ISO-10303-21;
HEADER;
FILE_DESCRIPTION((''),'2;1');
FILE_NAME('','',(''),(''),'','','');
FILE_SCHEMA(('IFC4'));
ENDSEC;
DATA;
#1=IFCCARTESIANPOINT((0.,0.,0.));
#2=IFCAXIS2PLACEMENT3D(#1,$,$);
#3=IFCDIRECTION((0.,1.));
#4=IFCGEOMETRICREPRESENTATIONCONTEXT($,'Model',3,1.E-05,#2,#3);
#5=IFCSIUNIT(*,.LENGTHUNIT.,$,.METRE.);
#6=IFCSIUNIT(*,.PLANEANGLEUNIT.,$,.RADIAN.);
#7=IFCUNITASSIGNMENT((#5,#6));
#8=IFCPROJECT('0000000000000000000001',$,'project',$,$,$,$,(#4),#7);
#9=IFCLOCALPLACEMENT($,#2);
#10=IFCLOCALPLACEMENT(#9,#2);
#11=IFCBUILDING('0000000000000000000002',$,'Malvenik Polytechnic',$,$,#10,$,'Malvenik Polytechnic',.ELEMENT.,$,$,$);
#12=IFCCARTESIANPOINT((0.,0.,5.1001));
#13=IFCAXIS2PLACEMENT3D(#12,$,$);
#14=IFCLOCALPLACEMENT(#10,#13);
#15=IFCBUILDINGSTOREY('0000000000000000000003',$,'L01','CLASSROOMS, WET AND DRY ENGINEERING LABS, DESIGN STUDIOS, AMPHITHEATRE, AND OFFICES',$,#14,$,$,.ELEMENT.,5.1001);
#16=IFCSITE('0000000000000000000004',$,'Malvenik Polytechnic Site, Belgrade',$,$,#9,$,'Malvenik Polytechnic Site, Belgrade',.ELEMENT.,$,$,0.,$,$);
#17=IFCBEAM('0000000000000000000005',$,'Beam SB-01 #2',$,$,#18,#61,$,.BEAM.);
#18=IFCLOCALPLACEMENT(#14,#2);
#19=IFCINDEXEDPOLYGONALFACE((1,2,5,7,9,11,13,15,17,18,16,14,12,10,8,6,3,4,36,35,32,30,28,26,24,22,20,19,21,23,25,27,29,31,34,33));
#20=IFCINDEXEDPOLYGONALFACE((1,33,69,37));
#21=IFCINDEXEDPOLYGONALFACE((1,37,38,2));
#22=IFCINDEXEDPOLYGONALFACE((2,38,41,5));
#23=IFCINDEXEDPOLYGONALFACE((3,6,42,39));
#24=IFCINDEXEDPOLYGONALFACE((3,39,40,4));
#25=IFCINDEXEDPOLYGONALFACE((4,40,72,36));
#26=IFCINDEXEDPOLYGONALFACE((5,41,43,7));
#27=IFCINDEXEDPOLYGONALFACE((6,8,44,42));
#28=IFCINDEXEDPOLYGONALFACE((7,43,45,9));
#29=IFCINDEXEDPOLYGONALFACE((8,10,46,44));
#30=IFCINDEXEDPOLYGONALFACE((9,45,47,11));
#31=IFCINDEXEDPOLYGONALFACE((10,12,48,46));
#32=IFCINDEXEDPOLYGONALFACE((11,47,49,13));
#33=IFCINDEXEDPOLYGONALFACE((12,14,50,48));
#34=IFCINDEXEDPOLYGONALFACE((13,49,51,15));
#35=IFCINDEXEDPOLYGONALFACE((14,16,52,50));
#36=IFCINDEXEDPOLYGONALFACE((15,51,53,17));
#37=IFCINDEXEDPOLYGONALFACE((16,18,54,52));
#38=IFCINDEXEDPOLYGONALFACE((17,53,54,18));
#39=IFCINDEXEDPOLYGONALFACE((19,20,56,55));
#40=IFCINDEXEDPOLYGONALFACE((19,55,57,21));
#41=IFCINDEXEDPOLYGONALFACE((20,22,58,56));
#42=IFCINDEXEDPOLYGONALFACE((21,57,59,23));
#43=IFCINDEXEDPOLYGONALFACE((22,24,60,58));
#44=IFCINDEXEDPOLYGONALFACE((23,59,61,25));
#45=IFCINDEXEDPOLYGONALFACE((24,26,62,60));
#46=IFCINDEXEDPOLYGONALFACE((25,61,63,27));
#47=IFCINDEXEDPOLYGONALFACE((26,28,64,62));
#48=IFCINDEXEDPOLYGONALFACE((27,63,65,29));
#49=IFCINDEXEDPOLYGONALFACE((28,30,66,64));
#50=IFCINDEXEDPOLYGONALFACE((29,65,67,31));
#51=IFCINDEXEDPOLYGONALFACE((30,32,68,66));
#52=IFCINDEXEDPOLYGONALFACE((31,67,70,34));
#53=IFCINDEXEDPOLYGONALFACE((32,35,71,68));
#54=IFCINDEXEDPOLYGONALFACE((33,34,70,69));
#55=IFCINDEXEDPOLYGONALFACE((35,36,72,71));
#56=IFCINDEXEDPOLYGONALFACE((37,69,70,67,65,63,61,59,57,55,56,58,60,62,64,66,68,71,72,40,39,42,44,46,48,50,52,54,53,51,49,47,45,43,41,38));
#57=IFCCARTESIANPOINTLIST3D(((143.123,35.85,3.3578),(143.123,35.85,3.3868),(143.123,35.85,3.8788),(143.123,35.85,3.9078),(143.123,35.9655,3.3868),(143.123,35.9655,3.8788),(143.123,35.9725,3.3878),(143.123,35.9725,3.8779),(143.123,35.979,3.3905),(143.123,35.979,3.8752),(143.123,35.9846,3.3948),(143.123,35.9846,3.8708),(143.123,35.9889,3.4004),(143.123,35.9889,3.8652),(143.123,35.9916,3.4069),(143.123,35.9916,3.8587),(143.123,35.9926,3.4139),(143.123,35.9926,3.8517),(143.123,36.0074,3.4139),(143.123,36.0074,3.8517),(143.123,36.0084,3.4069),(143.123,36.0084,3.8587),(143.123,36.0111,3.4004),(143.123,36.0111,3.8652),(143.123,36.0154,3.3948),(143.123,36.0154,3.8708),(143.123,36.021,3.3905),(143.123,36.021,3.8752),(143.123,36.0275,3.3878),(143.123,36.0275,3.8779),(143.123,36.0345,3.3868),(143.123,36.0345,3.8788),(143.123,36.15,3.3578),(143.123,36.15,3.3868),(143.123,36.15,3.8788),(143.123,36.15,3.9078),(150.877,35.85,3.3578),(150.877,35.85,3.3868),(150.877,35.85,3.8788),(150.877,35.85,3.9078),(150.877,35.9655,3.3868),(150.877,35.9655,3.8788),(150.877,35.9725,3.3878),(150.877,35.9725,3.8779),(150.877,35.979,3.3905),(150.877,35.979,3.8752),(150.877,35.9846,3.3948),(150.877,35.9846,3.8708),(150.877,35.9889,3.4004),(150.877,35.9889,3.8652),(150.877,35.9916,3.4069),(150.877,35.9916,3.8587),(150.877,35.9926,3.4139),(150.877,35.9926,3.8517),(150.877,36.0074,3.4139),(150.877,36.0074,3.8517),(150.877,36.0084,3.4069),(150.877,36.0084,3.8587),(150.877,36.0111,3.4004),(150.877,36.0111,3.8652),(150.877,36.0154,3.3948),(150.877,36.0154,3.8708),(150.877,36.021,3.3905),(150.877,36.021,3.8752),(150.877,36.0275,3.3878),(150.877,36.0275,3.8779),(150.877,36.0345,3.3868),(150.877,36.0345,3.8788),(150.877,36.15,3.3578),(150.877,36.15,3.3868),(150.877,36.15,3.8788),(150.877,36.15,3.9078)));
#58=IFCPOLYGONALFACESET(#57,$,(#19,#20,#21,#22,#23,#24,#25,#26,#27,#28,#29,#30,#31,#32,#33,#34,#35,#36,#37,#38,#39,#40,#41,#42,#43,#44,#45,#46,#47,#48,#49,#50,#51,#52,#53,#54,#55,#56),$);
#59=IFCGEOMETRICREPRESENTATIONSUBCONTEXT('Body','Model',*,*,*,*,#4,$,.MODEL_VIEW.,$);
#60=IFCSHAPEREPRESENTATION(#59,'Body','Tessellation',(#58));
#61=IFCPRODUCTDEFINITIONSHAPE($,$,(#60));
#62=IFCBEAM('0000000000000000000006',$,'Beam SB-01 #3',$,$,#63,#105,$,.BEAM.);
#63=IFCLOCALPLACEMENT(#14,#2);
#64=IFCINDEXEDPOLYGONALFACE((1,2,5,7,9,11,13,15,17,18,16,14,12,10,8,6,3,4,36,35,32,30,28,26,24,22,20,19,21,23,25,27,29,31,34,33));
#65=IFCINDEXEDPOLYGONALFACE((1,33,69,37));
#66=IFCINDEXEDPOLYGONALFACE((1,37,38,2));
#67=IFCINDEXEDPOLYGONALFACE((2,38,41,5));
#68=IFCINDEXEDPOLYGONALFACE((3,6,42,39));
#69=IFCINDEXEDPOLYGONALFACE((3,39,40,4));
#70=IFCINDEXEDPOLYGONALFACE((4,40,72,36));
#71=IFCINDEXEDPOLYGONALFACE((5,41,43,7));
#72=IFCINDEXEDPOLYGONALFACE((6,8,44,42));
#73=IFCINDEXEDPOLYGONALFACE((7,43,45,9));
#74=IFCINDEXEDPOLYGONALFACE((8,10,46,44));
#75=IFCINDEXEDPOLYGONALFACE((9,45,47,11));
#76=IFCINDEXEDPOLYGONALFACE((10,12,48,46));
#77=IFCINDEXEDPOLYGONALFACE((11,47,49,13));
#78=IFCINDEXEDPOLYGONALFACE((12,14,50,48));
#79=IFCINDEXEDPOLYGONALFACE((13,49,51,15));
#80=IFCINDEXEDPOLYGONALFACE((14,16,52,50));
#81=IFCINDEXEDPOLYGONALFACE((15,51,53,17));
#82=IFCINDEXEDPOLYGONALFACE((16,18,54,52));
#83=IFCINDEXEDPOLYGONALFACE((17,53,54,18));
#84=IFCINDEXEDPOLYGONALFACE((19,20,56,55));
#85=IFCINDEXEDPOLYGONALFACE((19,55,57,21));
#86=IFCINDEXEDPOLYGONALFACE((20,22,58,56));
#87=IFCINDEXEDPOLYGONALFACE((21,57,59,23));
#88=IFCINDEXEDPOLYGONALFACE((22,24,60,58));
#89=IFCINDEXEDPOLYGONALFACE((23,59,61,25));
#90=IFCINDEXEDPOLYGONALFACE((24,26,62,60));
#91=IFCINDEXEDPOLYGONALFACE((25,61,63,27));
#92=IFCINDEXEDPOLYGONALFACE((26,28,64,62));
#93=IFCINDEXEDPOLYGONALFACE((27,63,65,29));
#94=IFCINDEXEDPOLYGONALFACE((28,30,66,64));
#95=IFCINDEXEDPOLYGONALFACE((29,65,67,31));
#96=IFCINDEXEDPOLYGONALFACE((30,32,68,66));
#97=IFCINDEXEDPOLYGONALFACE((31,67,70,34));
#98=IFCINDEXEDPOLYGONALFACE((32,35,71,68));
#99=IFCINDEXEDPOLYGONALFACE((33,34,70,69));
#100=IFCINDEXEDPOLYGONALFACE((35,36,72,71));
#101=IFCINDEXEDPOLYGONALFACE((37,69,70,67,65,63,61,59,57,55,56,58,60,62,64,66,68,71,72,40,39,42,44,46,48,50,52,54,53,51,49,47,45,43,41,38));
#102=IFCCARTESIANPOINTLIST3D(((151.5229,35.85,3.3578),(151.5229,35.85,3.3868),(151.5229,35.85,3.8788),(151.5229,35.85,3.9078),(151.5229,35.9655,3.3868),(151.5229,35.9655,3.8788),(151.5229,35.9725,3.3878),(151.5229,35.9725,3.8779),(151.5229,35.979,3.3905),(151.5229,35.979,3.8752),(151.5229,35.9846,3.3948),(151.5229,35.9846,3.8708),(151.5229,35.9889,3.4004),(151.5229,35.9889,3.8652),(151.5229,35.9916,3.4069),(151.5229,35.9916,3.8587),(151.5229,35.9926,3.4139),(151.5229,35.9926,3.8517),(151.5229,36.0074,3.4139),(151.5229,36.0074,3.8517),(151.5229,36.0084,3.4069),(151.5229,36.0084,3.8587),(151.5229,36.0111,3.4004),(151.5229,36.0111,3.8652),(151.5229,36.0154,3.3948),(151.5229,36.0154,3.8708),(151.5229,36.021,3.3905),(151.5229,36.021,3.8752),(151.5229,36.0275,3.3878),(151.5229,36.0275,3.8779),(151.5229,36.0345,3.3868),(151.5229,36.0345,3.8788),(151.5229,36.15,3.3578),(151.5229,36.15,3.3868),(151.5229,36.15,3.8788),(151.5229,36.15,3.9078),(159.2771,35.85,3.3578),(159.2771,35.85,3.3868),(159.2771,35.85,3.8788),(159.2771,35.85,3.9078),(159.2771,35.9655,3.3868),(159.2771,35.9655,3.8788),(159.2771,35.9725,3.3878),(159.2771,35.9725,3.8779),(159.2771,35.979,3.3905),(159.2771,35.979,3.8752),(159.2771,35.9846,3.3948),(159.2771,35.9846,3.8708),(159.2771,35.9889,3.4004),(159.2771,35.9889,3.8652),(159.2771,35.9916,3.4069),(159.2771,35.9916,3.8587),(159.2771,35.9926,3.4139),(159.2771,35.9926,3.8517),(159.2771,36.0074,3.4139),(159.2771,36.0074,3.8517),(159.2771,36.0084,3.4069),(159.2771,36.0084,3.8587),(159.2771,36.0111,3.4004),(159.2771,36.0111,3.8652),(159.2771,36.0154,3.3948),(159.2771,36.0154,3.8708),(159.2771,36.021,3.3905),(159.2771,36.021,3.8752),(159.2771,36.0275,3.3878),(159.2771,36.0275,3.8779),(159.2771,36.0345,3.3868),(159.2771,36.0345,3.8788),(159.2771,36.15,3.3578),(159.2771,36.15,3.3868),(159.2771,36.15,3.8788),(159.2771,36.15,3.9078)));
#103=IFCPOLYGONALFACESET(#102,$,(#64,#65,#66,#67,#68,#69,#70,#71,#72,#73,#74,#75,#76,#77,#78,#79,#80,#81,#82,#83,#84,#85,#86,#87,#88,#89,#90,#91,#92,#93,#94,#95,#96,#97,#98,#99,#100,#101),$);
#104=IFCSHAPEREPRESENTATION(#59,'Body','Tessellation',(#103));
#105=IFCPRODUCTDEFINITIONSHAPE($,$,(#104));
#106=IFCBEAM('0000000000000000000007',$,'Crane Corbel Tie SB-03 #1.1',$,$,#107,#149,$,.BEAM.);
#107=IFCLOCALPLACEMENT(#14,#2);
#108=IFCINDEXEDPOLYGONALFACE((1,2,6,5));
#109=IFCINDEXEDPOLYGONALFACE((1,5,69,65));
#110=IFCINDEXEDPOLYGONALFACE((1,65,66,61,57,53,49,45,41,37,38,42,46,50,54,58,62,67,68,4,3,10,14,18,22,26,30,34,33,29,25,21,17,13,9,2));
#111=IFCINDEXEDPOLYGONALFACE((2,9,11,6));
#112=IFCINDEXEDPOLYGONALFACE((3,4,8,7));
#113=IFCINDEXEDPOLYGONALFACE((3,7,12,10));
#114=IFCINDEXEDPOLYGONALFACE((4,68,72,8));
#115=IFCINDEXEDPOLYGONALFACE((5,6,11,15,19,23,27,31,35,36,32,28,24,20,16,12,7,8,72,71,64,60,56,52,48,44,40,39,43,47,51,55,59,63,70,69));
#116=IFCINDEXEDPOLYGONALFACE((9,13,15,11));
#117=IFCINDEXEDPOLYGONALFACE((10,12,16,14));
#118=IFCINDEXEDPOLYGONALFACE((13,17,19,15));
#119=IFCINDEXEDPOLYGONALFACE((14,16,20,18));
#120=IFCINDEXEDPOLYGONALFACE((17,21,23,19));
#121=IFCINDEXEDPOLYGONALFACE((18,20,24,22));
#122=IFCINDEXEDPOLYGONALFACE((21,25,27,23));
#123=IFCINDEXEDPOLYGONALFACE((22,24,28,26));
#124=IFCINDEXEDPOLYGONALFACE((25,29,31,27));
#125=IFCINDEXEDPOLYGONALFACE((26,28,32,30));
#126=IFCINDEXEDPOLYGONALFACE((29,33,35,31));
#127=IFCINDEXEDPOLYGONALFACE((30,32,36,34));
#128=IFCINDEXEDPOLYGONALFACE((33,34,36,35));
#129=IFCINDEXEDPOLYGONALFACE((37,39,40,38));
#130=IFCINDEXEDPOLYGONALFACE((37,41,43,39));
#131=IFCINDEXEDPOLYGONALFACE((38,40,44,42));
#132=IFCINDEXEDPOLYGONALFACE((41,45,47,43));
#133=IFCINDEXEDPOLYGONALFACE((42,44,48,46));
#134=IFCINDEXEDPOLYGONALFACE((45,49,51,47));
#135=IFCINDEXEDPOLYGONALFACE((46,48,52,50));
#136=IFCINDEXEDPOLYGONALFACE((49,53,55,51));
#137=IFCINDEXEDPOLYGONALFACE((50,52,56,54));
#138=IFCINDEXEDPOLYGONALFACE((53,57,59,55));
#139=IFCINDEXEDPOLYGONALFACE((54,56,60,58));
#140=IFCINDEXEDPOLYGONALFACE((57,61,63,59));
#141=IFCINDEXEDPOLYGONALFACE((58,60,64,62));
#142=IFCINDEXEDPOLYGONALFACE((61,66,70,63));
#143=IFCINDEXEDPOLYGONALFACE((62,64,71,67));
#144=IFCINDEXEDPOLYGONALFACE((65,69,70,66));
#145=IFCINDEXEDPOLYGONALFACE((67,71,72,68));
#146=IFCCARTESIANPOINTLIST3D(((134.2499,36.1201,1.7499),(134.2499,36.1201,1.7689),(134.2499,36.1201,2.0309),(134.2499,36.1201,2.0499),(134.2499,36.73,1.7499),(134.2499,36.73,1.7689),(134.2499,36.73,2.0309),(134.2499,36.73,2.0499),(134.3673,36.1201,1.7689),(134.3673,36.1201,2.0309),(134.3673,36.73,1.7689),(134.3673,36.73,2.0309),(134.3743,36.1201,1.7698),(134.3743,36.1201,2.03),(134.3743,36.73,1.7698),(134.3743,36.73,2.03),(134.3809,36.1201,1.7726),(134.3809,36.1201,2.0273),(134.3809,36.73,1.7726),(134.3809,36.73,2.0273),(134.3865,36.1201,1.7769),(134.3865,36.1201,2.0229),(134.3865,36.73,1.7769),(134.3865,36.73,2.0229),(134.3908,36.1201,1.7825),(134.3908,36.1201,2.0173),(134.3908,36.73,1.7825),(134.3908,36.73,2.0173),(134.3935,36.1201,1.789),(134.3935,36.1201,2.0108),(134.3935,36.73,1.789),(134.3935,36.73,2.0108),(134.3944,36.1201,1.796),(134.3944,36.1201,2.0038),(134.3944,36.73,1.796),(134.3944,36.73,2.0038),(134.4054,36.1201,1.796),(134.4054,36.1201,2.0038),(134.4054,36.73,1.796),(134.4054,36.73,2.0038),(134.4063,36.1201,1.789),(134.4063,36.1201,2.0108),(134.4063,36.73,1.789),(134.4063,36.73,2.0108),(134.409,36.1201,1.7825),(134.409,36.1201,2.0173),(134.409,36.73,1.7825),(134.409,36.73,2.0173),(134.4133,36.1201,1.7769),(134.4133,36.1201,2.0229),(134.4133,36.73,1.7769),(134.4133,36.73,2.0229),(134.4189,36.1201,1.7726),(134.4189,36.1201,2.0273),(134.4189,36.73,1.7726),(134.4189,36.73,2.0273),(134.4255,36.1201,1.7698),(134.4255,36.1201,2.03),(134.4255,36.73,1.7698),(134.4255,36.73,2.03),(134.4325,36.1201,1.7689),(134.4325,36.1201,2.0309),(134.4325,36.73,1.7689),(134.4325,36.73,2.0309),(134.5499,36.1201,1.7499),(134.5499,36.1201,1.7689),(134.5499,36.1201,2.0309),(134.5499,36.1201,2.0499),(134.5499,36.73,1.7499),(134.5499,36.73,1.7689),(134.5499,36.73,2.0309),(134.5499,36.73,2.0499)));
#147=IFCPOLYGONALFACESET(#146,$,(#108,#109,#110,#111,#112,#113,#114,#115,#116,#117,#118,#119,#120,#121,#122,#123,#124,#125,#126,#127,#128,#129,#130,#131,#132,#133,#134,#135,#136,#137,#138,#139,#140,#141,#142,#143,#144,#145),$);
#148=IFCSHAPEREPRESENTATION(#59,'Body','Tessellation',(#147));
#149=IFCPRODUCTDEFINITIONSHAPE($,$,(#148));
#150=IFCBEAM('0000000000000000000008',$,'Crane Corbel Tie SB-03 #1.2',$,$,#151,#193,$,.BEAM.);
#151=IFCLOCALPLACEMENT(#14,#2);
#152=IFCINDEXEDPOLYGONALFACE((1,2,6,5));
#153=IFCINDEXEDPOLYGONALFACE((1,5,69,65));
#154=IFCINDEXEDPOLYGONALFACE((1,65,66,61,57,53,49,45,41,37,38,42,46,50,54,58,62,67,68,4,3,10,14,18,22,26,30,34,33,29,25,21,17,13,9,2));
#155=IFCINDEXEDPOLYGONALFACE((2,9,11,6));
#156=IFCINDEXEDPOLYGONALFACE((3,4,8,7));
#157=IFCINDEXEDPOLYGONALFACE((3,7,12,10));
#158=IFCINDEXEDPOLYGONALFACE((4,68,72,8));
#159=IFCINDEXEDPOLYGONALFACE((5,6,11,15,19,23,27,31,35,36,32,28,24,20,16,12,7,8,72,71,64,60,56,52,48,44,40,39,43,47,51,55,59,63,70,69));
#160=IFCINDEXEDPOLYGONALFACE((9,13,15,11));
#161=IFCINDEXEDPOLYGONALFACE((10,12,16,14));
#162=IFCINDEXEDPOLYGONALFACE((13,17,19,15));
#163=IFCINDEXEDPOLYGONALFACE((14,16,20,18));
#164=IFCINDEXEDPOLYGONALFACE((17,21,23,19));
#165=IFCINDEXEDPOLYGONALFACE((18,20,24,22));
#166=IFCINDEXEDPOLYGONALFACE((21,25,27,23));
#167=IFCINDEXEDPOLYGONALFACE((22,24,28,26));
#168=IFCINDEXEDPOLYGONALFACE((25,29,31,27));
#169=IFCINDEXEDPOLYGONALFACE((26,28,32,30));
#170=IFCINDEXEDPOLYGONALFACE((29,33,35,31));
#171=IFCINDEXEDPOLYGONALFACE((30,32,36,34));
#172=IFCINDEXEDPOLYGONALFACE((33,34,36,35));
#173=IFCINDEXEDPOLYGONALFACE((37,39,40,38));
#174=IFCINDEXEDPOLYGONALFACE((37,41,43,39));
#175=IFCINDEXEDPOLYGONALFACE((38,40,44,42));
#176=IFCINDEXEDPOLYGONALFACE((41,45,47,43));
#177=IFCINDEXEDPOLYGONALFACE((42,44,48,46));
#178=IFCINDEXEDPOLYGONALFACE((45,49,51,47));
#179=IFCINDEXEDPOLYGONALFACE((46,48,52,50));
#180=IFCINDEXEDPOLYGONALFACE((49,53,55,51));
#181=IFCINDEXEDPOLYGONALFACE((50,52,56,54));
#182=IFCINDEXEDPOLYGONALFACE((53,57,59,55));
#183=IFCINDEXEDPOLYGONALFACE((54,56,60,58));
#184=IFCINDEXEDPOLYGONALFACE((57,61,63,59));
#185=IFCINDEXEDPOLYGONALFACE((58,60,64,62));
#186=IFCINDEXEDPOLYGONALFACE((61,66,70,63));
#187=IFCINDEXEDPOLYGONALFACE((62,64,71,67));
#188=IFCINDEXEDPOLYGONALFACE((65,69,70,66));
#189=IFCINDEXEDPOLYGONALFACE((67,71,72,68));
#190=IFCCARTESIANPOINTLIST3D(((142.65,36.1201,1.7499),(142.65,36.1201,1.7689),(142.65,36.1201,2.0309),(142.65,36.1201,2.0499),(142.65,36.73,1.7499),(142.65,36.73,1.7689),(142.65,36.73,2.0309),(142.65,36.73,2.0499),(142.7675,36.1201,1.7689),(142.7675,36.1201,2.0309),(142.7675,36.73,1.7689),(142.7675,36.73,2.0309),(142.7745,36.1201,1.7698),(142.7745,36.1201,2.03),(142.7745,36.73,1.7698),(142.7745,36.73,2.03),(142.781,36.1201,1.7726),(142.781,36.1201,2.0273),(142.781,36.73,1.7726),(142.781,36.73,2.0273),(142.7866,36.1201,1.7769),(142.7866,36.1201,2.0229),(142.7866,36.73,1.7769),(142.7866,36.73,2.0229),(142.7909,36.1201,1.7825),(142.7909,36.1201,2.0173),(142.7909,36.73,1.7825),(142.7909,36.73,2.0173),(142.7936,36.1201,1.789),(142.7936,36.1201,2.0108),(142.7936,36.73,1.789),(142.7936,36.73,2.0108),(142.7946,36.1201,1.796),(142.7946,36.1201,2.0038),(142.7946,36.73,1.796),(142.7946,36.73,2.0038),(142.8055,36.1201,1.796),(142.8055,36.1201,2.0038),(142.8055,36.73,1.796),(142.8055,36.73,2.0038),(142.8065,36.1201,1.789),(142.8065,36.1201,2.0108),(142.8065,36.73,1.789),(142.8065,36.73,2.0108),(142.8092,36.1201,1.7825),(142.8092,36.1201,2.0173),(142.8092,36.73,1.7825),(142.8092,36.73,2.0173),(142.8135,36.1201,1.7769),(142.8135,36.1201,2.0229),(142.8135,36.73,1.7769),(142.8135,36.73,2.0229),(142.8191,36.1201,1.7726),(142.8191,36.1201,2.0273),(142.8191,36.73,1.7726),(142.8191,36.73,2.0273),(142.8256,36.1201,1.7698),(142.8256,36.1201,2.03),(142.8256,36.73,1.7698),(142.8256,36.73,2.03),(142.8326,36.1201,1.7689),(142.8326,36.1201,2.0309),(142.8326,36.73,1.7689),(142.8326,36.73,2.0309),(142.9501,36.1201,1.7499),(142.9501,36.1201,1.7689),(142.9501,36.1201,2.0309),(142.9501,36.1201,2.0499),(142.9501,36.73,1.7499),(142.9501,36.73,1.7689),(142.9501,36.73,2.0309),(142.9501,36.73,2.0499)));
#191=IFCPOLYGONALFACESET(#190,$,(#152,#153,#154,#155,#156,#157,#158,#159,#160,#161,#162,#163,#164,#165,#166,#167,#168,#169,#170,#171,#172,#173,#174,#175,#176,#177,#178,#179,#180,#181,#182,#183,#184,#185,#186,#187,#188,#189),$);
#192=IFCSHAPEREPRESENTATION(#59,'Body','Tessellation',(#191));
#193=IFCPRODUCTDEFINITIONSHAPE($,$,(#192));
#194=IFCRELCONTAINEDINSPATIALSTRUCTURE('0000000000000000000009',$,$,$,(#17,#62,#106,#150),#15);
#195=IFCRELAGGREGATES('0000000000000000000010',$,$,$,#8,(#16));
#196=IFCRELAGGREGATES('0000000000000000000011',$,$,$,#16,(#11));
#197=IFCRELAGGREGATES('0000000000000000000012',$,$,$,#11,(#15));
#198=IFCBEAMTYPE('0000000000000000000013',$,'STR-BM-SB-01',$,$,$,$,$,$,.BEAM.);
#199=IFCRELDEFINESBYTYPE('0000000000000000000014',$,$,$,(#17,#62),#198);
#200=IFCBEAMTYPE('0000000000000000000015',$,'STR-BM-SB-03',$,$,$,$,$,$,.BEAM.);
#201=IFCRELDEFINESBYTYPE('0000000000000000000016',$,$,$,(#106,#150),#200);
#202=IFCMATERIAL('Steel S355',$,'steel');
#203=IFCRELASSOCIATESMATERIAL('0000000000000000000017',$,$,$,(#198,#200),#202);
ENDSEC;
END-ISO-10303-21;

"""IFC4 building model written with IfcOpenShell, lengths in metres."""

from ifc_helpers import new_model, si_unit, direction, frame, origin, origin_2d, place, context, subcontext, project, spatial, i_section, extrude, material, material_profile, profile_set, type_object, element, save


model = new_model("IFC4")

# Units and contexts
model_context = context("Model", 3, precision=1e-05, world=origin(), true_north=direction((0.0, 1.0)))
body_context = subcontext(model_context, "Body", "Model", "MODEL_VIEW")
ifc_project = project(units=[si_unit("LENGTHUNIT", "METRE"), si_unit("PLANEANGLEUNIT", "RADIAN")], contexts=[model_context])

# Site, building, storey
site_placement = place(None, origin())
site = spatial("IfcSite", under=ifc_project, at=site_placement, Name="Malvenik Polytechnic Site, Belgrade", LongName="Malvenik Polytechnic Site, Belgrade", CompositionType="ELEMENT", RefElevation=0.0)
building_placement = place(site_placement, origin())
building = spatial("IfcBuilding", under=site, at=building_placement, Name="Malvenik Polytechnic", LongName="Malvenik Polytechnic", CompositionType="ELEMENT")
storey_placement = place(building_placement, frame((0.0, 0.0, 5.1001)))
storey = spatial("IfcBuildingStorey", under=building, at=storey_placement, Name="L01", Description="CLASSROOMS, WET AND DRY ENGINEERING LABS, DESIGN STUDIOS, AMPHITHEATRE, AND OFFICES", CompositionType="ELEMENT", Elevation=5.1001)

# Shared definitions
ifc_material_1 = material(Name="Steel S355", Category="steel")

# Beams
ifc_material_profile_1 = material_profile(ifc_material_1, i_section(OverallWidth=0.3, OverallDepth=0.55, WebThickness=0.0149, FlangeThickness=0.0291, FilletRadius=0.0271, at=origin_2d()), Name="HEB 550")
ifc_profile_set_1 = profile_set([ifc_material_profile_1], Name="Steel S355")
beam_type_1 = type_object("IfcBeamType", Name="STR-BM-SB-01", PredefinedType="BEAM", material=ifc_profile_set_1)
beam_1_placement = place(storey_placement, frame((143.123, 36.0, 3.6328), z_axis=(1.0, 0.0, 0.0), x_axis=(0.0, 1.0, 0.0)))
element("IfcBeam", 1, at=beam_1_placement, inside=storey, type_object=beam_type_1, Name="Beam SB-01 #2", PredefinedType="BEAM", context=body_context, shape_type="SweptSolid", body=[
    extrude(i_section(OverallWidth=0.3, OverallDepth=0.55, WebThickness=0.0149, FlangeThickness=0.0291, FilletRadius=0.0271, at=origin_2d()), origin(), (0.0, 0.0, 1.0), 7.7539),
])
beam_2_placement = place(storey_placement, frame((151.5229, 36.0, 3.6328), z_axis=(1.0, 0.0, 0.0), x_axis=(0.0, 1.0, 0.0)))
element("IfcBeam", 2, at=beam_2_placement, inside=storey, type_object=beam_type_1, Name="Beam SB-01 #3", PredefinedType="BEAM", context=body_context, shape_type="SweptSolid", body=[
    extrude(i_section(OverallWidth=0.3, OverallDepth=0.55, WebThickness=0.0149, FlangeThickness=0.0291, FilletRadius=0.0271, at=origin_2d()), origin(), (0.0, 0.0, 1.0), 7.7542),
])
ifc_material_profile_2 = material_profile(ifc_material_1, i_section(OverallWidth=0.3, OverallDepth=0.3, WebThickness=0.011, FlangeThickness=0.019, FilletRadius=0.0271, at=origin_2d()), Name="HEB 300")
ifc_profile_set_2 = profile_set([ifc_material_profile_2], Name="Steel S355")
beam_type_2 = type_object("IfcBeamType", Name="STR-BM-SB-03", PredefinedType="BEAM", material=ifc_profile_set_2)
for number, where, z_axis, x_axis, name in (
    (3, (134.3999, 36.1201, 1.8999), (0.0, 1.0, 0.0), (-1.0, 0.0, 0.0), "Crane Corbel Tie SB-03 #1.1"),
    (4, (142.8, 36.1201, 1.8999), (0.0, 1.0, 0.0), (-1.0, 0.0, 0.0), "Crane Corbel Tie SB-03 #1.2"),
):
    element("IfcBeam", number, at=place(storey_placement, frame(where, z_axis=z_axis, x_axis=x_axis)), inside=storey, type_object=beam_type_2, Name=name, PredefinedType="BEAM", context=body_context, shape_type="SweptSolid", body=[
        extrude(i_section(OverallWidth=0.3, OverallDepth=0.3, WebThickness=0.011, FlangeThickness=0.019, FilletRadius=0.0271, at=origin_2d()), origin(), (0.0, 0.0, 1.0), 0.6099),
    ])

save(model, "model.ifc")
